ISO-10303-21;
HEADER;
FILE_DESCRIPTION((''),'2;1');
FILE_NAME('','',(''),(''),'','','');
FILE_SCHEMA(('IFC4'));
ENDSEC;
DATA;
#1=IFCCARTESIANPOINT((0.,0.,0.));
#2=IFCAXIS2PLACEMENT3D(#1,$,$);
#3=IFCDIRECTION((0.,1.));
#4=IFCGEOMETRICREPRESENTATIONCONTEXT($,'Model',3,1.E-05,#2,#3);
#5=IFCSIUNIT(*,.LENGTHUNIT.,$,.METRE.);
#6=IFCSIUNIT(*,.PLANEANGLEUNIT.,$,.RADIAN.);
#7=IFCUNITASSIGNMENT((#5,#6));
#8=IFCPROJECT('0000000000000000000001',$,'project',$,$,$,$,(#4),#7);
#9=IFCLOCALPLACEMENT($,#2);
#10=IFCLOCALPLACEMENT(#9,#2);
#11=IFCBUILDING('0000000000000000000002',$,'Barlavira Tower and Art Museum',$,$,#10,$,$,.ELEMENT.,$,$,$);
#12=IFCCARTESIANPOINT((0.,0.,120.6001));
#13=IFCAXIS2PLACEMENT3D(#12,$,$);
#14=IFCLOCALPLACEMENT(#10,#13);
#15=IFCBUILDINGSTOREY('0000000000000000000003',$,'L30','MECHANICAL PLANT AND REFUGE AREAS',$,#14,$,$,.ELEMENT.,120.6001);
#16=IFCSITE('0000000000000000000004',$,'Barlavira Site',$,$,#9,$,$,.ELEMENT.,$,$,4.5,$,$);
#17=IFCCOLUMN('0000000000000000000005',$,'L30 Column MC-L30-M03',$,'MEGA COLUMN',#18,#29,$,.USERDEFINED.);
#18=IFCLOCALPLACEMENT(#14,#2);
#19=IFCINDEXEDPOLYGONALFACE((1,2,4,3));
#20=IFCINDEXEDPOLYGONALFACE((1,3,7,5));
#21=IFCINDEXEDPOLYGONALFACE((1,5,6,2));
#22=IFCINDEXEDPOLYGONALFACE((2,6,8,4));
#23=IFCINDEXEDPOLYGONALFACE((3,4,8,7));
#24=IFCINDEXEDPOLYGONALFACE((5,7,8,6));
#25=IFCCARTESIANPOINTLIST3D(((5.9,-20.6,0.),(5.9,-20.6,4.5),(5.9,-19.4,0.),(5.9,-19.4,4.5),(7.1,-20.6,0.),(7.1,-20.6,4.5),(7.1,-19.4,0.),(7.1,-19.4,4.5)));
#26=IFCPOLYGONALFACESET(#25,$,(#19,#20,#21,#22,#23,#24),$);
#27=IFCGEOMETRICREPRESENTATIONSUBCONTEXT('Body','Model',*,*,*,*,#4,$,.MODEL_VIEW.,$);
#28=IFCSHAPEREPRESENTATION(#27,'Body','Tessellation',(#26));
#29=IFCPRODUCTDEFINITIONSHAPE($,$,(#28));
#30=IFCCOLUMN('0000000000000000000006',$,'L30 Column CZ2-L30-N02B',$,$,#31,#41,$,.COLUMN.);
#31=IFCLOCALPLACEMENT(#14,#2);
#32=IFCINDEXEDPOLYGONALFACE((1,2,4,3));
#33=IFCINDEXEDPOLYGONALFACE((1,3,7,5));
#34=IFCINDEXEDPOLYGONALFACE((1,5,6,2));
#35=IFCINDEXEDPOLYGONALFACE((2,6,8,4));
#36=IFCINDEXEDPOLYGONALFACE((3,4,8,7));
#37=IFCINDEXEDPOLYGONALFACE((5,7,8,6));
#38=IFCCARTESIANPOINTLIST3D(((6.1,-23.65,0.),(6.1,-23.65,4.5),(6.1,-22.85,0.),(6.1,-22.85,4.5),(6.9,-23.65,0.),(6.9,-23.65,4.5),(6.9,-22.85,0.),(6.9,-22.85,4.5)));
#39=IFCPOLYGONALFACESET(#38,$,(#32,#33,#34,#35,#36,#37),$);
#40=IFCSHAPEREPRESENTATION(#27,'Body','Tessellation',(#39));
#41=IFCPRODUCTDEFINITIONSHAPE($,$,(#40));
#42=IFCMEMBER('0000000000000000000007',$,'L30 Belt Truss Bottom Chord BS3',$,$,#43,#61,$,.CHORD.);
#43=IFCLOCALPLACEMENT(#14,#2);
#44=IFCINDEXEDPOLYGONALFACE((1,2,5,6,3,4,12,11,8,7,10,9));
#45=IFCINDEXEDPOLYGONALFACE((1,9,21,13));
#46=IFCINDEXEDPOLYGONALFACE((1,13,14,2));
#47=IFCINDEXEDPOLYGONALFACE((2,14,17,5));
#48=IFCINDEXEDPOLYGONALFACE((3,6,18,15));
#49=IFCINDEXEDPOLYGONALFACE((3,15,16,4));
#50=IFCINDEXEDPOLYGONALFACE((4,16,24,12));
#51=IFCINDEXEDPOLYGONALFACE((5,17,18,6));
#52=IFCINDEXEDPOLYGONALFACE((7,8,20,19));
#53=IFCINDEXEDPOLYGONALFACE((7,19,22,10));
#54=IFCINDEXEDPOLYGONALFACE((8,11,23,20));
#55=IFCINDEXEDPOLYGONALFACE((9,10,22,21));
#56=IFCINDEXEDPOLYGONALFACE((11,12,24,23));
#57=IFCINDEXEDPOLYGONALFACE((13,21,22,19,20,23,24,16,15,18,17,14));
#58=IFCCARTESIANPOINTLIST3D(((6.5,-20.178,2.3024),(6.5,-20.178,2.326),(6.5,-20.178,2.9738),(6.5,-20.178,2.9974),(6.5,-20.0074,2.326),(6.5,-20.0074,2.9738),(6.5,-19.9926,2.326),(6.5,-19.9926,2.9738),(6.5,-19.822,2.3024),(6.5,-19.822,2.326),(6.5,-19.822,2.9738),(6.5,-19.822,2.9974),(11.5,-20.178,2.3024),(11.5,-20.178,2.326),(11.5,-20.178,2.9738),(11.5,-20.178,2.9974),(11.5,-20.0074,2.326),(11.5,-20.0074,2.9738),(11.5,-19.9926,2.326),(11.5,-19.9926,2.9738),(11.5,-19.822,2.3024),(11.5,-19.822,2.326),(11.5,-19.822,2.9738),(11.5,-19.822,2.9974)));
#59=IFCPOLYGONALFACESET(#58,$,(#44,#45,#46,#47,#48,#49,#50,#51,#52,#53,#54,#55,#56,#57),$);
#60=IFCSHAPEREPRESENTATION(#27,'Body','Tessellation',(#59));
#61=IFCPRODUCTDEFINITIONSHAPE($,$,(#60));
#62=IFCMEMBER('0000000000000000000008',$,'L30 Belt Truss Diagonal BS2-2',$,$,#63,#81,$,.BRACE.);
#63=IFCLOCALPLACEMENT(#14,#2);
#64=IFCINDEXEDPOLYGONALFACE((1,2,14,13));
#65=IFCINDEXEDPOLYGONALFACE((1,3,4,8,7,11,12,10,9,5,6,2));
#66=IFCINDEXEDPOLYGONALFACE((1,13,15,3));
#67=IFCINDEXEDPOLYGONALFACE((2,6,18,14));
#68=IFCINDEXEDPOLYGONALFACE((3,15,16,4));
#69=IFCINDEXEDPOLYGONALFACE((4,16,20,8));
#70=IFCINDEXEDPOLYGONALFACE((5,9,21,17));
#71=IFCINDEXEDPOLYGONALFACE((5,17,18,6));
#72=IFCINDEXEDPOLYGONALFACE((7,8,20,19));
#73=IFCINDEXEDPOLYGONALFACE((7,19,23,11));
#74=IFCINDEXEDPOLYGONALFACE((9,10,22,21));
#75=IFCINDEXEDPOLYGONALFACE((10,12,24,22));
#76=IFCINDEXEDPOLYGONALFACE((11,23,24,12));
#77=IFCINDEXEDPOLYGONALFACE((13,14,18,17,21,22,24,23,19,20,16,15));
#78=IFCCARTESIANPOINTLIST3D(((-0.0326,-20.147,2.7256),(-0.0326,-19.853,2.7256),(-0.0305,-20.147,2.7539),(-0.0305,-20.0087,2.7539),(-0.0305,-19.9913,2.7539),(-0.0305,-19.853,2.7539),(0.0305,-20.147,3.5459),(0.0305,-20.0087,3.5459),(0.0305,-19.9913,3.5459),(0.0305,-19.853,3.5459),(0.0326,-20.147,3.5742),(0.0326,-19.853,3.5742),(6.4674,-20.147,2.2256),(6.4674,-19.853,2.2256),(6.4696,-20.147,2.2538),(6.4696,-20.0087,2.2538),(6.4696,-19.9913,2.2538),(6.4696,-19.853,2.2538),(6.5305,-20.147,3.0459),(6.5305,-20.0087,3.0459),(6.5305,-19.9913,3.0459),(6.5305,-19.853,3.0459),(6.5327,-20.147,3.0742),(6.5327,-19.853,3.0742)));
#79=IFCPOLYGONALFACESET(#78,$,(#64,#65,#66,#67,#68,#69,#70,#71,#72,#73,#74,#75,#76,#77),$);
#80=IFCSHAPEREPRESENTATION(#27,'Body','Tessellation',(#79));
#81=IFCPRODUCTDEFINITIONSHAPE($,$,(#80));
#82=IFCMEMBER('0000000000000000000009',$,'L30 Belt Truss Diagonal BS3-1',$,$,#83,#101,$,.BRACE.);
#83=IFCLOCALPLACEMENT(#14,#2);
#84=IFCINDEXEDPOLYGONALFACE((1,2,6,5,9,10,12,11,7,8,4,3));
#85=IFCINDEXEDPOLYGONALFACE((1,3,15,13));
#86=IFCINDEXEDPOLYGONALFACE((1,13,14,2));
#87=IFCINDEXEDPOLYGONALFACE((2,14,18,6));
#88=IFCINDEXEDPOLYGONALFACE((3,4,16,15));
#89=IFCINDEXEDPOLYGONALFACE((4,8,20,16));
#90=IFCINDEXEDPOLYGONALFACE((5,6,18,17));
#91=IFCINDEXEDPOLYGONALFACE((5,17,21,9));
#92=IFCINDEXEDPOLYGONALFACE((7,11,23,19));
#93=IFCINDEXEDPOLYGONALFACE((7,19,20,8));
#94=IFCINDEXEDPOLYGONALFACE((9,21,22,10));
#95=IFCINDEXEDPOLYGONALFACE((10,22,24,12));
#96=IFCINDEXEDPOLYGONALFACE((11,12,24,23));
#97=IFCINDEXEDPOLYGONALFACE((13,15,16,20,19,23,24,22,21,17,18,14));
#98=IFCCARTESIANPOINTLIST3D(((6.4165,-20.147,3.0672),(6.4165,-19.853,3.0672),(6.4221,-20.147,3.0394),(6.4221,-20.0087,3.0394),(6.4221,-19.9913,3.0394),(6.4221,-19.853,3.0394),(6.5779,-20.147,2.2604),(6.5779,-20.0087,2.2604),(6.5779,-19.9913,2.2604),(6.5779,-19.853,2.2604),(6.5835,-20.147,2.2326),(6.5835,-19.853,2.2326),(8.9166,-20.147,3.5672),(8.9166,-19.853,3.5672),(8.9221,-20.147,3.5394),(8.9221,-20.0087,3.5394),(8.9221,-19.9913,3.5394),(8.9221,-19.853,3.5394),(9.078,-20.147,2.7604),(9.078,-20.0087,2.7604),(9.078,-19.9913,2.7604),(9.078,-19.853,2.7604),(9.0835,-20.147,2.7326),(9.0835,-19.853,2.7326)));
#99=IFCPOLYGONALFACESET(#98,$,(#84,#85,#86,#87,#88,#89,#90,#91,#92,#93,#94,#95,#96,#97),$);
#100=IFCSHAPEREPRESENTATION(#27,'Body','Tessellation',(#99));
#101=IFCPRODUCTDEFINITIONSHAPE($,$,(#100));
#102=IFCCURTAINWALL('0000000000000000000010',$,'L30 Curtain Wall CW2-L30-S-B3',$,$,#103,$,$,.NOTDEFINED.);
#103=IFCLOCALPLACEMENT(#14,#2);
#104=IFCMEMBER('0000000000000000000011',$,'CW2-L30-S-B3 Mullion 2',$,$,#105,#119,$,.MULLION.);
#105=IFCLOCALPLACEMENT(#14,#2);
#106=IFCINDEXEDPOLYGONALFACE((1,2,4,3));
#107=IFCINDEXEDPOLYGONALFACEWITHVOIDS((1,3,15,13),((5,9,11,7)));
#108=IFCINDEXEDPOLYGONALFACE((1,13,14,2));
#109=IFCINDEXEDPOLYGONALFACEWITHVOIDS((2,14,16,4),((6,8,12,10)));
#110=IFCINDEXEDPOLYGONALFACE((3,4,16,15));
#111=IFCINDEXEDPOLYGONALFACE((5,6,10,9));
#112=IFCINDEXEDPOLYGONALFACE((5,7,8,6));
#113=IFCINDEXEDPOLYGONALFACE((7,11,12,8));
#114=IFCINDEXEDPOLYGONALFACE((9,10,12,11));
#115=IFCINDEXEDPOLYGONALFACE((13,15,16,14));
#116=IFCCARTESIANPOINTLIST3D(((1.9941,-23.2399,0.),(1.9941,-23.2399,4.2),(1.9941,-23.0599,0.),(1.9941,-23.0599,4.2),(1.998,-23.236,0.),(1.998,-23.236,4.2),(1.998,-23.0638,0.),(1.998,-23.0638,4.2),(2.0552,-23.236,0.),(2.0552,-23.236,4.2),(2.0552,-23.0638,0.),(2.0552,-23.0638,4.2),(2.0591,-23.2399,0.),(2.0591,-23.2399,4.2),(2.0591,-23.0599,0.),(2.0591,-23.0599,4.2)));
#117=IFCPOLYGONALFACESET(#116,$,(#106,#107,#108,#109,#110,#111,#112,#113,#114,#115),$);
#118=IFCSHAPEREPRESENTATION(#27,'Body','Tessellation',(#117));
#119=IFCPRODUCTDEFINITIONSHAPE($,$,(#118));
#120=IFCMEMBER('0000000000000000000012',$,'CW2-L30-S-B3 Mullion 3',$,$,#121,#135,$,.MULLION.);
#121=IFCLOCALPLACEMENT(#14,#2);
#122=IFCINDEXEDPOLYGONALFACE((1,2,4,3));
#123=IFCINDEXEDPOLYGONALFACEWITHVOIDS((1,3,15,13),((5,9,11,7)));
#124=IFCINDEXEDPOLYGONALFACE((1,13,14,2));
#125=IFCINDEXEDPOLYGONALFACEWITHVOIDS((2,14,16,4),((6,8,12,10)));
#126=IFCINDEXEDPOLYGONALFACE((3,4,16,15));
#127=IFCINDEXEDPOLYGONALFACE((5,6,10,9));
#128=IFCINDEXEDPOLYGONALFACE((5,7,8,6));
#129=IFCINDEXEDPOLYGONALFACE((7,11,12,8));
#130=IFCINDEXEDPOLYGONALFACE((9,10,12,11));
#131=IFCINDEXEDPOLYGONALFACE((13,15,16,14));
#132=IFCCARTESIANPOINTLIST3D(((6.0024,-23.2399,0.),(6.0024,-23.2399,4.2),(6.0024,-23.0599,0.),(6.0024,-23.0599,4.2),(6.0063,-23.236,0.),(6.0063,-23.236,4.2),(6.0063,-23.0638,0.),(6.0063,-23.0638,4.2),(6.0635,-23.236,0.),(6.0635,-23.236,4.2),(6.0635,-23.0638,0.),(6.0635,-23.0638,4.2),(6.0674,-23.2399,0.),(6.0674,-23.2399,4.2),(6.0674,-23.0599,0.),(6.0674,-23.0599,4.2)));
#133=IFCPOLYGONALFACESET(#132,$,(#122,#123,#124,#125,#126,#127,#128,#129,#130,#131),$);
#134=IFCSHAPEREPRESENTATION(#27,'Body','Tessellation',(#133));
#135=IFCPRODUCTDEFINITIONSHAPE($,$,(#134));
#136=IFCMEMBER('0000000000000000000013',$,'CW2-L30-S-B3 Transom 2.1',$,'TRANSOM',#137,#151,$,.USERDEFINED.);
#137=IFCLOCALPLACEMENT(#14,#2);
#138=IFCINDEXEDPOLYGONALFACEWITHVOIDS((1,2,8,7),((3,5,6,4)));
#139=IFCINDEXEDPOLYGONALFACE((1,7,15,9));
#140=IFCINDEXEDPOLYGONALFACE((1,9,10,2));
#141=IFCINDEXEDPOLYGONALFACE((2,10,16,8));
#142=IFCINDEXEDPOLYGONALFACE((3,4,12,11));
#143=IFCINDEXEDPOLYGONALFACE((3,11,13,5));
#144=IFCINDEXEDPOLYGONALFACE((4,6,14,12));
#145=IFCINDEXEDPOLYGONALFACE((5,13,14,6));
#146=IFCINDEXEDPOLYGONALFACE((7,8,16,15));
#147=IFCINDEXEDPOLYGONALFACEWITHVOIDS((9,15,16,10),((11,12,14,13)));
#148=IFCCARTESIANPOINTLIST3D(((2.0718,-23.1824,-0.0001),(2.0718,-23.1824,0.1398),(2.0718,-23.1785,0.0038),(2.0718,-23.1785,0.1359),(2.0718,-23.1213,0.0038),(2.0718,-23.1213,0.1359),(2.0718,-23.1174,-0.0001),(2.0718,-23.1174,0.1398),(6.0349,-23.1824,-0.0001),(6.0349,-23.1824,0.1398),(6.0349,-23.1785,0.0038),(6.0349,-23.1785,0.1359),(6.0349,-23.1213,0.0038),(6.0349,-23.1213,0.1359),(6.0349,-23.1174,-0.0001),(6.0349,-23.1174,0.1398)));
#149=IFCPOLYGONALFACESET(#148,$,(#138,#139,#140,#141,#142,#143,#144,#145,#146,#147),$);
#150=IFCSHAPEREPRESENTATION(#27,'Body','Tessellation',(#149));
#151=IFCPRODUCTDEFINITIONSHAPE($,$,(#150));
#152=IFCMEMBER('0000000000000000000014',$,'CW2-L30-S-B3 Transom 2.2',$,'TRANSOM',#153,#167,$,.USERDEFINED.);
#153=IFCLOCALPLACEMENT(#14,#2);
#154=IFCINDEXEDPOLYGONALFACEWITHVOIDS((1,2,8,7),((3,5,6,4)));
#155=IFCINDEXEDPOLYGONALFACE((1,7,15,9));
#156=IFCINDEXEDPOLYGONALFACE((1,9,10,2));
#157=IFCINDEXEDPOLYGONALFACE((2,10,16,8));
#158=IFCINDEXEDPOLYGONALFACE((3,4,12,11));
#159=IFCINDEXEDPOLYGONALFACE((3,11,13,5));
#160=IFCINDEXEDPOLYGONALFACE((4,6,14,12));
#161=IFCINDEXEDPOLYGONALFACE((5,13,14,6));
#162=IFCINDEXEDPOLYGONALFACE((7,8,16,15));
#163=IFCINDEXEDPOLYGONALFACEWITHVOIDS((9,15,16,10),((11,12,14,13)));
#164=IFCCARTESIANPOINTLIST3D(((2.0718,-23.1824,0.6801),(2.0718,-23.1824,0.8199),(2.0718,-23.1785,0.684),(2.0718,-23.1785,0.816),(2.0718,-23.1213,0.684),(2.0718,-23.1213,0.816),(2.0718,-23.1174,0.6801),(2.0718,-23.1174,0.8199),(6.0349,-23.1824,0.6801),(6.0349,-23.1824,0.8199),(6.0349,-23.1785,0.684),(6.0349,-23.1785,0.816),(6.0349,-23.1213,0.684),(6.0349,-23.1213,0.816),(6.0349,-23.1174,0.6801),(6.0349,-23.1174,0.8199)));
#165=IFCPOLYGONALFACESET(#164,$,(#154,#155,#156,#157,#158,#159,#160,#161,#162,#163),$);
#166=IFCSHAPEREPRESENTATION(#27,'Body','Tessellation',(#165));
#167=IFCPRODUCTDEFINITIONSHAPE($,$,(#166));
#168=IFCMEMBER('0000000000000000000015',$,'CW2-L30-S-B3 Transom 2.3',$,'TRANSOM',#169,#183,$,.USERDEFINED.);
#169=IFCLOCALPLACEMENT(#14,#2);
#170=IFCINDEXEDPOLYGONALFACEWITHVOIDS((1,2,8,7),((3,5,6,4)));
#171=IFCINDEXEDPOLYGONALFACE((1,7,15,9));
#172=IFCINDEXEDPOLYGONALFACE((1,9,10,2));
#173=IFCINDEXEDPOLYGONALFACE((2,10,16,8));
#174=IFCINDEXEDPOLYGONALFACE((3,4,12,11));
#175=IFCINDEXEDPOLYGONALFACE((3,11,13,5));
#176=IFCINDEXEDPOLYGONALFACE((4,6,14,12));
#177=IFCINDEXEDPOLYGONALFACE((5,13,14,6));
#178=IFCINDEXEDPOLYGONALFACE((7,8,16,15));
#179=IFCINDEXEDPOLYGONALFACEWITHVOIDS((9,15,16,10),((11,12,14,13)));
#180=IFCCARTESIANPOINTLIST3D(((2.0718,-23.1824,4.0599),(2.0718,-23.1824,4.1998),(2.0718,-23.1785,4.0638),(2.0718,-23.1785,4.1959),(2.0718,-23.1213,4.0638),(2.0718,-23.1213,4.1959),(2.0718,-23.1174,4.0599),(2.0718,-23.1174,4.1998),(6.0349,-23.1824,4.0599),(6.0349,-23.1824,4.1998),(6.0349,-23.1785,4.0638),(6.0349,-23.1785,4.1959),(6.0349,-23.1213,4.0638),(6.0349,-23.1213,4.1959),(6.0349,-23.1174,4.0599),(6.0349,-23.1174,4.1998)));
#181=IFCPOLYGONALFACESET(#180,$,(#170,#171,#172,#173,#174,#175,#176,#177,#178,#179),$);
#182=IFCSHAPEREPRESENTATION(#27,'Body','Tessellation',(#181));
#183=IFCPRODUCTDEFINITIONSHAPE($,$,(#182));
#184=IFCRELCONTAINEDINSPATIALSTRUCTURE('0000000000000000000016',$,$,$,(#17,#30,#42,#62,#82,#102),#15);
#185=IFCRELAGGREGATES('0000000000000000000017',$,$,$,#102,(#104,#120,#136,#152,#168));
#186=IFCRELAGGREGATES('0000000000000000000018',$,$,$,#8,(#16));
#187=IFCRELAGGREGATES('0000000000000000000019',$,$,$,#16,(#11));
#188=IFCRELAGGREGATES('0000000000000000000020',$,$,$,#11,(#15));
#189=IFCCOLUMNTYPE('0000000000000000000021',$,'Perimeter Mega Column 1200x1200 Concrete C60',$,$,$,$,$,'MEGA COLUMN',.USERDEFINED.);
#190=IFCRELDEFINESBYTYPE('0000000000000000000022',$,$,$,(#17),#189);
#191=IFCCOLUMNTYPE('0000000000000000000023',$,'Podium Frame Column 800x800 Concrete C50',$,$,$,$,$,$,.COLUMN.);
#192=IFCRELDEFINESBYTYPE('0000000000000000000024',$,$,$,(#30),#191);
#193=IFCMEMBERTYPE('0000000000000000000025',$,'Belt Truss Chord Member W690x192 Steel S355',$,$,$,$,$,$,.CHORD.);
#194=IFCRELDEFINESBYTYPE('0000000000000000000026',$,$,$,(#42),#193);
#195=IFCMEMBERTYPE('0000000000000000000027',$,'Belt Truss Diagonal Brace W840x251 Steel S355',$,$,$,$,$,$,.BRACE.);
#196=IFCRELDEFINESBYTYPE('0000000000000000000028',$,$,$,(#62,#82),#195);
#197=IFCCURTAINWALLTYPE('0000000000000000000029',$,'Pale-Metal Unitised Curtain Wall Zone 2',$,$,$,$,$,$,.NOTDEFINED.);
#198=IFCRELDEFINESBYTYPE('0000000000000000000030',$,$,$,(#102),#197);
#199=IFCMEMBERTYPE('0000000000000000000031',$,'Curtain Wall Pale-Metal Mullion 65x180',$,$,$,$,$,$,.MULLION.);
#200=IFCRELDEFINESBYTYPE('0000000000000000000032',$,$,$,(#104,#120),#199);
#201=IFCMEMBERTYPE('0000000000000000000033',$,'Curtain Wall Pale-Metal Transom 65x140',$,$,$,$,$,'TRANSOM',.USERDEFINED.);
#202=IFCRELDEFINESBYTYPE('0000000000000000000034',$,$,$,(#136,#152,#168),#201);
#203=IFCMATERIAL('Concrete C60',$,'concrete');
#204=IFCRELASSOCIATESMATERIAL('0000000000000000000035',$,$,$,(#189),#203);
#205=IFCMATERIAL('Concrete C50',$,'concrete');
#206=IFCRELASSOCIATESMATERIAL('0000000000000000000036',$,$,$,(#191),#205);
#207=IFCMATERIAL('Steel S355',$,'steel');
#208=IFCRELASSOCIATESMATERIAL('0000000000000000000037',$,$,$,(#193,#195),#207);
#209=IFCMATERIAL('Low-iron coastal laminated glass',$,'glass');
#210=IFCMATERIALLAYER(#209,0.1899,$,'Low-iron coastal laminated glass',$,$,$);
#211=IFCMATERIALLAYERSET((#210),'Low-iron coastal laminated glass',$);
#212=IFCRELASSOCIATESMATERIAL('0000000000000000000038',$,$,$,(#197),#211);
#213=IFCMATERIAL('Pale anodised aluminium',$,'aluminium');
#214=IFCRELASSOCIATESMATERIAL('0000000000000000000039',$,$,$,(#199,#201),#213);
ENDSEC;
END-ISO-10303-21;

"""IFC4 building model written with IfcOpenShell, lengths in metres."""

from ifc_helpers import new_model, si_unit, direction, frame, origin, origin_2d, place, context, subcontext, project, spatial, rectangle, hollow_rectangle, i_section, extrude, material, layer, layer_set, material_profile, profile_set, type_object, element, aggregate, save


model = new_model("IFC4")

# Units and contexts
model_context = context("Model", 3, precision=1e-05, world=origin(), true_north=direction((0.0, 1.0)))
body_context = subcontext(model_context, "Body", "Model", "MODEL_VIEW")
ifc_project = project(units=[si_unit("LENGTHUNIT", "METRE"), si_unit("PLANEANGLEUNIT", "RADIAN")], contexts=[model_context])

# Site, building, storey
site_placement = place(None, origin())
site = spatial("IfcSite", under=ifc_project, at=site_placement, Name="Barlavira Site", CompositionType="ELEMENT", RefElevation=4.5)
building_placement = place(site_placement, origin())
building = spatial("IfcBuilding", under=site, at=building_placement, Name="Barlavira Tower and Art Museum", CompositionType="ELEMENT")
storey_placement = place(building_placement, frame((0.0, 0.0, 120.6001)))
storey = spatial("IfcBuildingStorey", under=building, at=storey_placement, Name="L30", Description="MECHANICAL PLANT AND REFUGE AREAS", CompositionType="ELEMENT", Elevation=120.6001)

# Columns
ifc_material_1 = material(Name="Concrete C60", Category="concrete")
ifc_material_profile_1 = material_profile(ifc_material_1, rectangle(XDim=1.2, YDim=1.2, at=origin_2d()), Name="RC-COL 1200x1200")
ifc_profile_set_1 = profile_set([ifc_material_profile_1], Name="Concrete C60")
column_type_1 = type_object("IfcColumnType", Name="Perimeter Mega Column 1200x1200 Concrete C60", ElementType="MEGA COLUMN", PredefinedType="USERDEFINED", material=ifc_profile_set_1)
column_1_placement = place(storey_placement, frame((6.5, -20.0, 0.0), z_axis=(0.0, 0.0, 1.0), x_axis=(1.0, 0.0, 0.0)))
element("IfcColumn", 1, at=column_1_placement, inside=storey, type_object=column_type_1, Name="L30 Column MC-L30-M03", ObjectType="MEGA COLUMN", PredefinedType="USERDEFINED", context=body_context, shape_type="SweptSolid", body=[
    extrude(rectangle(XDim=1.2, YDim=1.2, at=origin_2d()), origin(), (0.0, 0.0, 1.0), 4.5),
])
ifc_material_2 = material(Name="Concrete C50", Category="concrete")
ifc_material_profile_2 = material_profile(ifc_material_2, rectangle(XDim=0.8, YDim=0.8, at=origin_2d()), Name="RC-COL 800x800")
ifc_profile_set_2 = profile_set([ifc_material_profile_2], Name="Concrete C50")
column_type_2 = type_object("IfcColumnType", Name="Podium Frame Column 800x800 Concrete C50", PredefinedType="COLUMN", material=ifc_profile_set_2)
column_2_placement = place(storey_placement, frame((6.5, -23.25, 0.0), z_axis=(0.0, 0.0, 1.0), x_axis=(1.0, 0.0, 0.0)))
element("IfcColumn", 2, at=column_2_placement, inside=storey, type_object=column_type_2, Name="L30 Column CZ2-L30-N02B", PredefinedType="COLUMN", context=body_context, shape_type="SweptSolid", body=[
    extrude(rectangle(XDim=0.8, YDim=0.8, at=origin_2d()), origin(), (0.0, 0.0, 1.0), 4.5),
])

# Members
ifc_material_3 = material(Name="Steel S355", Category="steel")
ifc_material_profile_3 = material_profile(ifc_material_3, i_section(OverallWidth=0.356, OverallDepth=0.6951, WebThickness=0.0149, FlangeThickness=0.0237, at=origin_2d()), Name="W690x192.0")
ifc_profile_set_3 = profile_set([ifc_material_profile_3], Name="Steel S355")
member_type_1 = type_object("IfcMemberType", Name="Belt Truss Chord Member W690x192 Steel S355", PredefinedType="CHORD", material=ifc_profile_set_3)
member_1_placement = place(storey_placement, frame((6.5, -20.0, 2.6499), z_axis=(1.0, 0.0, 0.0), x_axis=(0.0, 1.0, 0.0)))
element("IfcMember", 3, at=member_1_placement, inside=storey, type_object=member_type_1, Name="L30 Belt Truss Bottom Chord BS3", PredefinedType="CHORD", context=body_context, shape_type="SweptSolid", body=[
    extrude(i_section(OverallWidth=0.356, OverallDepth=0.6951, WebThickness=0.0149, FlangeThickness=0.0237, at=origin_2d()), origin(), (0.0, 0.0, 1.0), 5.0),
])
ifc_material_profile_4 = material_profile(ifc_material_3, i_section(OverallWidth=0.2939, OverallDepth=0.8511, WebThickness=0.0173, FlangeThickness=0.0283, at=origin_2d()), Name="W840x251.0")
ifc_profile_set_4 = profile_set([ifc_material_profile_4], Name="Steel S355")
member_type_2 = type_object("IfcMemberType", Name="Belt Truss Diagonal Brace W840x251 Steel S355", PredefinedType="BRACE", material=ifc_profile_set_4)
member_2_placement = place(storey_placement, frame((0.0, -20.0, 3.1499), z_axis=(0.997054, 0.0, -0.076696), x_axis=(0.0, 1.0, 0.0)))
element("IfcMember", 4, at=member_2_placement, inside=storey, type_object=member_type_2, Name="L30 Belt Truss Diagonal BS2-2", PredefinedType="BRACE", context=body_context, shape_type="SweptSolid", body=[
    extrude(i_section(OverallWidth=0.2939, OverallDepth=0.8511, WebThickness=0.0173, FlangeThickness=0.0283, at=origin_2d()), origin(), (0.0, 0.0, 1.0), 6.5193),
])
member_3_placement = place(storey_placement, frame((6.5, -20.0, 2.6499), z_axis=(0.980581, 0.0, 0.196116), x_axis=(0.0, 1.0, 0.0)))
element("IfcMember", 5, at=member_3_placement, inside=storey, type_object=member_type_2, Name="L30 Belt Truss Diagonal BS3-1", PredefinedType="BRACE", context=body_context, shape_type="SweptSolid", body=[
    extrude(i_section(OverallWidth=0.2939, OverallDepth=0.8511, WebThickness=0.0173, FlangeThickness=0.0283, at=origin_2d()), origin(), (0.0, 0.0, 1.0), 2.5496),
])

# Curtain wall, members
ifc_material_4 = material(Name="Low-iron coastal laminated glass", Category="glass")
ifc_layer_1 = layer(ifc_material_4, 0.1899, Name="Low-iron coastal laminated glass")
ifc_layer_set_1 = layer_set([ifc_layer_1], Name="Low-iron coastal laminated glass")
curtain_wall_type = type_object("IfcCurtainWallType", Name="Pale-Metal Unitised Curtain Wall Zone 2", PredefinedType="NOTDEFINED", material=ifc_layer_set_1)
curtain_wall_placement = place(storey_placement, origin())
curtain_wall = element("IfcCurtainWall", 6, at=curtain_wall_placement, inside=storey, type_object=curtain_wall_type, Name="L30 Curtain Wall CW2-L30-S-B3", PredefinedType="NOTDEFINED")
ifc_material_5 = material(Name="Pale anodised aluminium", Category="aluminium")
ifc_material_profile_5 = material_profile(ifc_material_5, hollow_rectangle(XDim=0.0649, YDim=0.1799, WallThickness=0.0039, at=origin_2d()), Name="ALU-MULL 65x180x4")
ifc_profile_set_5 = profile_set([ifc_material_profile_5], Name="Pale anodised aluminium")
member_type_3 = type_object("IfcMemberType", Name="Curtain Wall Pale-Metal Mullion 65x180", PredefinedType="MULLION", material=ifc_profile_set_5)
member_4_placement = place(storey_placement, frame((2.0266, -23.1499, 0.0), z_axis=(0.0, 0.0, 1.0), x_axis=(1.0, 0.0, 0.0)))
member_4 = element("IfcMember", 7, at=member_4_placement, type_object=member_type_3, Name="CW2-L30-S-B3 Mullion 2", PredefinedType="MULLION", context=body_context, shape_type="SweptSolid", body=[
    extrude(hollow_rectangle(XDim=0.0649, YDim=0.1799, WallThickness=0.0039, at=origin_2d()), origin(), (0.0, 0.0, 1.0), 4.2),
])
member_5_placement = place(storey_placement, frame((6.0349, -23.1499, 0.0), z_axis=(0.0, 0.0, 1.0), x_axis=(1.0, 0.0, 0.0)))
member_5 = element("IfcMember", 8, at=member_5_placement, type_object=member_type_3, Name="CW2-L30-S-B3 Mullion 3", PredefinedType="MULLION", context=body_context, shape_type="SweptSolid", body=[
    extrude(hollow_rectangle(XDim=0.0649, YDim=0.1799, WallThickness=0.0039, at=origin_2d()), origin(), (0.0, 0.0, 1.0), 4.2),
])
ifc_material_profile_6 = material_profile(ifc_material_5, hollow_rectangle(XDim=0.0649, YDim=0.1399, WallThickness=0.0039, at=origin_2d()), Name="ALU-TRAN 65x140x4")
ifc_profile_set_6 = profile_set([ifc_material_profile_6], Name="Pale anodised aluminium")
member_type_4 = type_object("IfcMemberType", Name="Curtain Wall Pale-Metal Transom 65x140", ElementType="TRANSOM", PredefinedType="USERDEFINED", material=ifc_profile_set_6)
member_6_placement = place(storey_placement, frame((2.0718, -23.1499, 0.0698), z_axis=(1.0, 0.0, 0.0), x_axis=(0.0, 1.0, 0.0)))
member_6 = element("IfcMember", 9, at=member_6_placement, type_object=member_type_4, Name="CW2-L30-S-B3 Transom 2.1", ObjectType="TRANSOM", PredefinedType="USERDEFINED", context=body_context, shape_type="SweptSolid", body=[
    extrude(hollow_rectangle(XDim=0.0649, YDim=0.1399, WallThickness=0.0039, at=origin_2d()), origin(), (0.0, 0.0, 1.0), 3.9631),
])
member_7_placement = place(storey_placement, frame((2.0718, -23.1499, 0.75), z_axis=(1.0, 0.0, 0.0), x_axis=(0.0, 1.0, 0.0)))
member_7 = element("IfcMember", 10, at=member_7_placement, type_object=member_type_4, Name="CW2-L30-S-B3 Transom 2.2", ObjectType="TRANSOM", PredefinedType="USERDEFINED", context=body_context, shape_type="SweptSolid", body=[
    extrude(hollow_rectangle(XDim=0.0649, YDim=0.1399, WallThickness=0.0039, at=origin_2d()), origin(), (0.0, 0.0, 1.0), 3.9631),
])
member_8_placement = place(storey_placement, frame((2.0718, -23.1499, 4.1299), z_axis=(1.0, 0.0, 0.0), x_axis=(0.0, 1.0, 0.0)))
member_8 = element("IfcMember", 11, at=member_8_placement, type_object=member_type_4, Name="CW2-L30-S-B3 Transom 2.3", ObjectType="TRANSOM", PredefinedType="USERDEFINED", context=body_context, shape_type="SweptSolid", body=[
    extrude(hollow_rectangle(XDim=0.0649, YDim=0.1399, WallThickness=0.0039, at=origin_2d()), origin(), (0.0, 0.0, 1.0), 3.9631),
])

aggregate(curtain_wall, [member_4, member_5, member_6, member_7, member_8])

save(model, "model.ifc")
